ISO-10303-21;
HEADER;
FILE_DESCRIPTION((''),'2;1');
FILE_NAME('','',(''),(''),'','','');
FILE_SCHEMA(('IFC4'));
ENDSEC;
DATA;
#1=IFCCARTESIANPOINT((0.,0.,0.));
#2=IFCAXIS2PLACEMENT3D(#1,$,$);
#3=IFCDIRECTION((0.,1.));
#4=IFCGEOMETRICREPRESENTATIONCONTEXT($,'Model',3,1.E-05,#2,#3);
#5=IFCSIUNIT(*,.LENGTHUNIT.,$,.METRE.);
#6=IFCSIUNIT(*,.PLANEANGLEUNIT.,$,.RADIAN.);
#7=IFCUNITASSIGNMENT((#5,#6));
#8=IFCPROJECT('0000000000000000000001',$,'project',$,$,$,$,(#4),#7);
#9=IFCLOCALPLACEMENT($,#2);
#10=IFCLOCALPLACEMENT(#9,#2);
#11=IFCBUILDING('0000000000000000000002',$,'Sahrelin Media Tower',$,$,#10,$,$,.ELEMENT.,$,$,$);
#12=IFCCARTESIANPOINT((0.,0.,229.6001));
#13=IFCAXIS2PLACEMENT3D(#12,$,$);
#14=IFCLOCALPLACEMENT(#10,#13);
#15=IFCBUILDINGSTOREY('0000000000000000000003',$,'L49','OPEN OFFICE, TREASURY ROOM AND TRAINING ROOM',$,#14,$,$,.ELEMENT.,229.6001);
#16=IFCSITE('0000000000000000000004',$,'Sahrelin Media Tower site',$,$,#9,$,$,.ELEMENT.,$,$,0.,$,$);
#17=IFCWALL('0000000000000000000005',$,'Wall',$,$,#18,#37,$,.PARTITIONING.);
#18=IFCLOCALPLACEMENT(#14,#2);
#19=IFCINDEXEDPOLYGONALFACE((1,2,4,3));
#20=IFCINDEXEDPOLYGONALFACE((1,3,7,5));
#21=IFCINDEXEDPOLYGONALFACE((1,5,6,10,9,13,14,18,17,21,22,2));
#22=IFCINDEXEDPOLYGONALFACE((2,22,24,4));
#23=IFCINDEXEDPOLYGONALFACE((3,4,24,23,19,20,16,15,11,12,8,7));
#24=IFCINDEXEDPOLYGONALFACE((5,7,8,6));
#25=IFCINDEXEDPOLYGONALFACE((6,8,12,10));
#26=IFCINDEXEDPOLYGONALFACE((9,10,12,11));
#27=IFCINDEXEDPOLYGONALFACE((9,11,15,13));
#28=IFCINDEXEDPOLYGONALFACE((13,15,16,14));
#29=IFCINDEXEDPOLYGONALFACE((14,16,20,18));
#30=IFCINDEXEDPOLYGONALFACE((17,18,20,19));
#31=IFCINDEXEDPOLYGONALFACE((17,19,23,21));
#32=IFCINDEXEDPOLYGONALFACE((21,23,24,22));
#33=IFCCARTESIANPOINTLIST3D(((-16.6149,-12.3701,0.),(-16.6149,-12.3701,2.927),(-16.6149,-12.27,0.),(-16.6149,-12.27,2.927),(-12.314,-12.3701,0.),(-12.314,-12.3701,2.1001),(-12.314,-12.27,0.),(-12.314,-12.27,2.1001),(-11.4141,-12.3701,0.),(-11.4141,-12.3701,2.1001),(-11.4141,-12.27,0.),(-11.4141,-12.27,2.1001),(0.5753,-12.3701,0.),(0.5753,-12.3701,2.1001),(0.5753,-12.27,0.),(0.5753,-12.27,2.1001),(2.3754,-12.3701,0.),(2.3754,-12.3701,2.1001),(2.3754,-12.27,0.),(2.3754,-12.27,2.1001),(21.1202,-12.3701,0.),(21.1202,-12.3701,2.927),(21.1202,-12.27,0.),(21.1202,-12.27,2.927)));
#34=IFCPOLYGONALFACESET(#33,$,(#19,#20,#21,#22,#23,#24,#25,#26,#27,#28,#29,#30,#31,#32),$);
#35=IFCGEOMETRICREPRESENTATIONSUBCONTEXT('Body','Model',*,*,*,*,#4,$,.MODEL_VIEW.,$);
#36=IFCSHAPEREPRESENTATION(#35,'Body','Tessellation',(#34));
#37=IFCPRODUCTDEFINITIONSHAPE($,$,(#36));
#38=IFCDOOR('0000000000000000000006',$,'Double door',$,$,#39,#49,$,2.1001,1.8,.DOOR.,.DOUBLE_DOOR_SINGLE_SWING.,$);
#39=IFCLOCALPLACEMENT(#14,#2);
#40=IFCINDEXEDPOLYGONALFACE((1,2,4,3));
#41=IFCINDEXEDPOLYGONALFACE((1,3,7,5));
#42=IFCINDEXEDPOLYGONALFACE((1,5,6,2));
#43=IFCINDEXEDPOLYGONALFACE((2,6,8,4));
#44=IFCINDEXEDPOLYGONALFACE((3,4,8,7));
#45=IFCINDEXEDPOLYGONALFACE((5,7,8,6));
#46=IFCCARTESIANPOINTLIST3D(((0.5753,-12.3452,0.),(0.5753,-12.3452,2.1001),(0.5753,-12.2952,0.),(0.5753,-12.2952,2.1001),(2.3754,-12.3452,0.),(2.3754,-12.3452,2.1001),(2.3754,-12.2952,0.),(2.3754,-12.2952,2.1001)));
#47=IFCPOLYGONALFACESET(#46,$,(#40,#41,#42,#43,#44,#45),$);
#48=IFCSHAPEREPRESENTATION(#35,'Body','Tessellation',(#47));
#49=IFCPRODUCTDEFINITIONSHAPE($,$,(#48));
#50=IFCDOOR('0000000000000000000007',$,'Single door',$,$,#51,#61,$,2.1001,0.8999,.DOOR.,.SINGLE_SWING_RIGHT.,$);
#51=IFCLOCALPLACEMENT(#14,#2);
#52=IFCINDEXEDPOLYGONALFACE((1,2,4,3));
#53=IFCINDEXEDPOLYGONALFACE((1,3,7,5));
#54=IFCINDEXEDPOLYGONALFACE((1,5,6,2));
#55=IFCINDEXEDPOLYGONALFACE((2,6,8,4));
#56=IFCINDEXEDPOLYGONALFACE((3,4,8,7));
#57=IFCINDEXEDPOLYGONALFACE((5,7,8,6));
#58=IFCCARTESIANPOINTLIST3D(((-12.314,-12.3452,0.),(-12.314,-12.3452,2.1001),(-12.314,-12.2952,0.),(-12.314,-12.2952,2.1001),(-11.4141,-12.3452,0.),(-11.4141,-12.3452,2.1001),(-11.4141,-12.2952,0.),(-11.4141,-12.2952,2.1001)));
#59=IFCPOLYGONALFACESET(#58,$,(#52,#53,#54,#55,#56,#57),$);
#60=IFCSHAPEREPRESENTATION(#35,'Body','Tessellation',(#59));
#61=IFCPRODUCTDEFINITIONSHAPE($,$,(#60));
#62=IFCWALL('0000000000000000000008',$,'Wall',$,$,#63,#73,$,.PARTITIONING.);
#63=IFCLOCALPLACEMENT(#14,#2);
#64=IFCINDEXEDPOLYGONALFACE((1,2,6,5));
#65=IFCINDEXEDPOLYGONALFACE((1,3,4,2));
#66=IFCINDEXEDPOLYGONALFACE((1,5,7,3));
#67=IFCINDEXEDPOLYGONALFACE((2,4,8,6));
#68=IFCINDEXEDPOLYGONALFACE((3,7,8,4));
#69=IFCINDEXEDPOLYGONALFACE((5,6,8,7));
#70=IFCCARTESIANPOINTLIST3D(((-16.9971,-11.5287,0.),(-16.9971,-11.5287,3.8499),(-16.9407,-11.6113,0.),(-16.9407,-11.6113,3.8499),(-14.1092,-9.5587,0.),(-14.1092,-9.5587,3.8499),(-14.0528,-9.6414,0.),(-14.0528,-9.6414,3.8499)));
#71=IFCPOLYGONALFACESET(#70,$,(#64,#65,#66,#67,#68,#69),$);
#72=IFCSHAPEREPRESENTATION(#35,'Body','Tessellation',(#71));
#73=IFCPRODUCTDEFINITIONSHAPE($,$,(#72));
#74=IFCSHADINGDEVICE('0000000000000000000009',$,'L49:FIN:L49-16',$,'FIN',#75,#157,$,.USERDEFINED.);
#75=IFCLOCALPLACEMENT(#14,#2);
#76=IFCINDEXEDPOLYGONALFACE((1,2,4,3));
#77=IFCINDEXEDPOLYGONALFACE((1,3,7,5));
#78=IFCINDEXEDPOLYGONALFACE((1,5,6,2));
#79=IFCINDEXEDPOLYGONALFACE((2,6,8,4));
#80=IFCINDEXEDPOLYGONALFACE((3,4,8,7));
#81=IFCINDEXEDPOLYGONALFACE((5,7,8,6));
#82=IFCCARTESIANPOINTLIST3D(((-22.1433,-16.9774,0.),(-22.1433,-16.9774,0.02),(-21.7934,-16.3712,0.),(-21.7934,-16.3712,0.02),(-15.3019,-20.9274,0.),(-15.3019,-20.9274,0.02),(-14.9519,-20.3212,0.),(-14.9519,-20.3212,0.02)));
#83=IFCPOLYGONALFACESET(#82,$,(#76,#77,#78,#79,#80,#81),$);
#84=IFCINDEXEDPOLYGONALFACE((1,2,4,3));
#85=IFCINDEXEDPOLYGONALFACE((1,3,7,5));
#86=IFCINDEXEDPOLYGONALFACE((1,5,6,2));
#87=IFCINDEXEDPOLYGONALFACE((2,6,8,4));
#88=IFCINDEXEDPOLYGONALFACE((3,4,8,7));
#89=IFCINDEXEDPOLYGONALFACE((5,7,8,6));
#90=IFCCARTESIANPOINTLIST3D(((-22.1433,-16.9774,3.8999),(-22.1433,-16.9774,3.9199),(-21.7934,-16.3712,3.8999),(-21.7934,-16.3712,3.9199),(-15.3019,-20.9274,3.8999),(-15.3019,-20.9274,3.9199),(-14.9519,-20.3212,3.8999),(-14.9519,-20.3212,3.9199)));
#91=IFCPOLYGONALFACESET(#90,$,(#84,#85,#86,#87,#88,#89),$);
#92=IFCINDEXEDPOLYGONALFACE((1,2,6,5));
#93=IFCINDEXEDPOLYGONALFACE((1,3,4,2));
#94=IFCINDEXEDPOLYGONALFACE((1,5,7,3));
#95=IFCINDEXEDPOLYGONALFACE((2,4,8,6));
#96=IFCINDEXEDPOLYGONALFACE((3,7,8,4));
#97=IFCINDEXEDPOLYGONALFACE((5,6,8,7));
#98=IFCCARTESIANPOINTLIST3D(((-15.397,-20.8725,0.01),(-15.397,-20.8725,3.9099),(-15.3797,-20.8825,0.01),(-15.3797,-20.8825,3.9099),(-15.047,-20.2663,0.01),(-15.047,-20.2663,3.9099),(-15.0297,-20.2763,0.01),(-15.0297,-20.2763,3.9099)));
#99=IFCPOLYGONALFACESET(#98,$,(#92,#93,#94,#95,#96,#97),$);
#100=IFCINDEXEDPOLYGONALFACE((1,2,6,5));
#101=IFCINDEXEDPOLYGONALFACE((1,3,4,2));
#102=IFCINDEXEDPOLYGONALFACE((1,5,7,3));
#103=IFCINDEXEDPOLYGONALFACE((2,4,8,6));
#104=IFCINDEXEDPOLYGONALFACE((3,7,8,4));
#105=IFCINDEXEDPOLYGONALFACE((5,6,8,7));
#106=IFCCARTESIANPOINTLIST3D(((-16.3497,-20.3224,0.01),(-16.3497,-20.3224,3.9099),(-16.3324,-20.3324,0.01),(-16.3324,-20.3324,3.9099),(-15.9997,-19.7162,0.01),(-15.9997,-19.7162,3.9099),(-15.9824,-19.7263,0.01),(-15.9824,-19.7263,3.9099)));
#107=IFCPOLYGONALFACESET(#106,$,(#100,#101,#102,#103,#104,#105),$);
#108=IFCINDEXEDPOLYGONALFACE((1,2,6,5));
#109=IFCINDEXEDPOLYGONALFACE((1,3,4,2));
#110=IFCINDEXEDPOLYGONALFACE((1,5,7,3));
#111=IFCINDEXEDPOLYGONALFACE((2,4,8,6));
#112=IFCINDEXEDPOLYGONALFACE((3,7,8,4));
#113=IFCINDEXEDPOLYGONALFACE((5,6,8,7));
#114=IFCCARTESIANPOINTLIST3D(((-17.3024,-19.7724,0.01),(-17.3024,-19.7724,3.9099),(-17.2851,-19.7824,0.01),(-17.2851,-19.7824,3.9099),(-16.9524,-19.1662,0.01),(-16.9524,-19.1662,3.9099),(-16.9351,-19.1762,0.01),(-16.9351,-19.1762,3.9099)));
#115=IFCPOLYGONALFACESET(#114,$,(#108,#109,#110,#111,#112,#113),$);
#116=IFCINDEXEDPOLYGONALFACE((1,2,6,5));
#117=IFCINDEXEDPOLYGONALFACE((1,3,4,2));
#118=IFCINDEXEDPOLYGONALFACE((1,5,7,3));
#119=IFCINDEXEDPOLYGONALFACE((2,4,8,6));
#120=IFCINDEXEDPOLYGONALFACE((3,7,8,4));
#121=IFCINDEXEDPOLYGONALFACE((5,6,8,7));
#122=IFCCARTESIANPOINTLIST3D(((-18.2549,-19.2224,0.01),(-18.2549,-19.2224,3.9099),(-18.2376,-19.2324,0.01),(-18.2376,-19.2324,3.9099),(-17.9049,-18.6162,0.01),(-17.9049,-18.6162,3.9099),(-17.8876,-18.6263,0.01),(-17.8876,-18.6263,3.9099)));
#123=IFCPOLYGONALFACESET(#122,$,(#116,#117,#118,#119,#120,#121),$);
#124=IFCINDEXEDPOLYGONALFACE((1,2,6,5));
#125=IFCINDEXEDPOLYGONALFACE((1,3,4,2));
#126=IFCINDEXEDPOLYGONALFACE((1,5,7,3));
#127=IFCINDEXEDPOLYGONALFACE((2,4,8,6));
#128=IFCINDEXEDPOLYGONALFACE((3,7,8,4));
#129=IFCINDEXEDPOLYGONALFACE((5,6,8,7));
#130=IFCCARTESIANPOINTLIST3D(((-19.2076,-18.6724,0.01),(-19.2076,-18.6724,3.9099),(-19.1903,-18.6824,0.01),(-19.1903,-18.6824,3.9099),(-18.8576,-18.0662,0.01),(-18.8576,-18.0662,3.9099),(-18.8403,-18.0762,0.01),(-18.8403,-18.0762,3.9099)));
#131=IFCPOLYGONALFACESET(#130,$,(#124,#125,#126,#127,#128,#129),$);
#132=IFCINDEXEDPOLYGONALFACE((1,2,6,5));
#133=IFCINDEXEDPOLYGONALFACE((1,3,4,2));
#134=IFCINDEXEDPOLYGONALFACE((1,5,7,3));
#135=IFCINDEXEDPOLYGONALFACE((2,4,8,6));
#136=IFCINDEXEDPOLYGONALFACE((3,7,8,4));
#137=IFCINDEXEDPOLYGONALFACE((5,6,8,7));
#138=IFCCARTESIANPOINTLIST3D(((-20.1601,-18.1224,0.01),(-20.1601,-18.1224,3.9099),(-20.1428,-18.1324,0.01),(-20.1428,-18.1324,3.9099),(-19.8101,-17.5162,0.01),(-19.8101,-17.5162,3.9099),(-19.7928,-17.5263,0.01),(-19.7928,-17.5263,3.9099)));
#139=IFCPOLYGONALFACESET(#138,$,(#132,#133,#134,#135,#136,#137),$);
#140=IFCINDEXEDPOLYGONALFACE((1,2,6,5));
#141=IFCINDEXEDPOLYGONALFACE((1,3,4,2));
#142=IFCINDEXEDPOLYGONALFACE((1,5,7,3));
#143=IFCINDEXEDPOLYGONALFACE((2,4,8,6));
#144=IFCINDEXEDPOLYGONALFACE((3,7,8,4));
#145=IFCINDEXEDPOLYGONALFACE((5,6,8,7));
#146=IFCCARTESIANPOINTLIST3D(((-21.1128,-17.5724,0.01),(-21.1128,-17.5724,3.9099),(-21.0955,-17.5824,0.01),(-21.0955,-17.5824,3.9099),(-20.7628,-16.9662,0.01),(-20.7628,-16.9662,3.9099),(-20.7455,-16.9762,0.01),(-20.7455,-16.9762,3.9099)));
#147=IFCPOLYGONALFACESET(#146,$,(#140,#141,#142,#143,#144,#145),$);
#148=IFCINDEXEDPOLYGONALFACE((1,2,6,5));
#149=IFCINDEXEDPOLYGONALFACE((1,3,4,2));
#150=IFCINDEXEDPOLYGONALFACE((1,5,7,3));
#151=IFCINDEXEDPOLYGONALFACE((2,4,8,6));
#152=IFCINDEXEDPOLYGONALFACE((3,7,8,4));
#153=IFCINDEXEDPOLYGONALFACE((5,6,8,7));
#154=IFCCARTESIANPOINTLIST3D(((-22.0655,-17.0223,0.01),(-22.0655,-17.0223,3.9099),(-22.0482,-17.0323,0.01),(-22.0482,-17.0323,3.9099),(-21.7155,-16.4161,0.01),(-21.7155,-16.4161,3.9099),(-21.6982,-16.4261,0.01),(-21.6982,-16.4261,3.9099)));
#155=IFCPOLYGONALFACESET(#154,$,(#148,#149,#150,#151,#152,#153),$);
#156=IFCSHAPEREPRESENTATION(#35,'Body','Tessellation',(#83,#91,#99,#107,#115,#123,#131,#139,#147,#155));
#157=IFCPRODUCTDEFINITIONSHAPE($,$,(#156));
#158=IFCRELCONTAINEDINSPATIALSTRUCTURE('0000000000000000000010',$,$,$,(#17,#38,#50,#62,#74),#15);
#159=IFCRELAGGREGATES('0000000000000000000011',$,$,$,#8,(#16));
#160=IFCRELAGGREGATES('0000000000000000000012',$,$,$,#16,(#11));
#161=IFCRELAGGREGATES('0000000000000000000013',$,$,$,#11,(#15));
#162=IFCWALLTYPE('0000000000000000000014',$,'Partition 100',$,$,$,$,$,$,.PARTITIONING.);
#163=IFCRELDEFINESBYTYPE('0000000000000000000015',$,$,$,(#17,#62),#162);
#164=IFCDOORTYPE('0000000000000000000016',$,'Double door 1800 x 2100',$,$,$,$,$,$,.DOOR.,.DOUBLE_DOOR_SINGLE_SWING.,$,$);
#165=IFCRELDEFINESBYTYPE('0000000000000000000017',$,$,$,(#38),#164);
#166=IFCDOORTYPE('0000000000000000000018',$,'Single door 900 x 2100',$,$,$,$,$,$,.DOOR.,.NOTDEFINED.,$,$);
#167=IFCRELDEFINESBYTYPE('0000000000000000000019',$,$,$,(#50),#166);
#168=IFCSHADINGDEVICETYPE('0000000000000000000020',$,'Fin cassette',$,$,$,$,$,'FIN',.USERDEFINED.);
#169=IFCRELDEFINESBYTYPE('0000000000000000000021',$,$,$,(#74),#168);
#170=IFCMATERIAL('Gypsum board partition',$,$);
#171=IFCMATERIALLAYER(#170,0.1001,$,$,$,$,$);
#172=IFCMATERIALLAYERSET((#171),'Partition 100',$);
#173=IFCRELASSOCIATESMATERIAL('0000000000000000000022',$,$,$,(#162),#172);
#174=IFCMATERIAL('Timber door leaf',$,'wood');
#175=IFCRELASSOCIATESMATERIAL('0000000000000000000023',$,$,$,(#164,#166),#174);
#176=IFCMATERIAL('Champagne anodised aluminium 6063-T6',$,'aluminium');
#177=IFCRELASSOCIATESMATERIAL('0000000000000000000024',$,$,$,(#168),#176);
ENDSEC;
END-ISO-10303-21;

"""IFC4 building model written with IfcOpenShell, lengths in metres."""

from ifc_helpers import new_model, si_unit, direction, frame, frame_2d, origin, origin_2d, place, context, subcontext, project, spatial, rectangle, extrude, material, layer, layer_set, type_object, element, fill, save


model = new_model("IFC4")

# Units and contexts
model_context = context("Model", 3, precision=1e-05, world=origin(), true_north=direction((0.0, 1.0)))
body_context = subcontext(model_context, "Body", "Model", "MODEL_VIEW")
ifc_project = project(units=[si_unit("LENGTHUNIT", "METRE"), si_unit("PLANEANGLEUNIT", "RADIAN")], contexts=[model_context])

# Site, building, storey
site_placement = place(None, origin())
site = spatial("IfcSite", under=ifc_project, at=site_placement, Name="Sahrelin Media Tower site", CompositionType="ELEMENT", RefElevation=0.0)
building_placement = place(site_placement, origin())
building = spatial("IfcBuilding", under=site, at=building_placement, Name="Sahrelin Media Tower", CompositionType="ELEMENT")
storey_placement = place(building_placement, frame((0.0, 0.0, 229.6001)))
storey = spatial("IfcBuildingStorey", under=building, at=storey_placement, Name="L49", Description="OPEN OFFICE, TREASURY ROOM AND TRAINING ROOM", CompositionType="ELEMENT", Elevation=229.6001)

# Shared definitions
ifc_material_1 = material(Name="Champagne anodised aluminium 6063-T6", Category="aluminium")

# Wall, openings, doors
ifc_material_2 = material(Name="Gypsum board partition")
ifc_layer_1 = layer(ifc_material_2, 0.1001)
ifc_layer_set_1 = layer_set([ifc_layer_1], Name="Partition 100")
wall_type_1 = type_object("IfcWallType", Name="Partition 100", PredefinedType="PARTITIONING", material=ifc_layer_set_1)
wall_1_placement = place(storey_placement, frame((-16.615, -12.3201, 0.0), z_axis=(0.0, 0.0, 1.0), x_axis=(1.0, 0.0, 0.0)))
wall_1 = element("IfcWall", 1, at=wall_1_placement, inside=storey, type_object=wall_type_1, Name="Wall", PredefinedType="PARTITIONING", context=body_context, shape_type="SweptSolid", body=[
    extrude(rectangle(XDim=37.7351, YDim=0.1001, at=frame_2d((18.8677, 0.0))), origin(), (0.0, 0.0, 1.0), 2.927),
])
opening_1_placement = place(wall_1_placement, frame((17.1904, 0.0, 0.0)))
opening_1 = element("IfcOpeningElement", 2, at=opening_1_placement, cuts=wall_1, PredefinedType="OPENING", context=body_context, shape_type="SweptSolid", body=[
    extrude(rectangle(XDim=1.8, YDim=2.1001, at=frame_2d((0.8999, 1.05))), frame((0.0, 0.05, 0.0), z_axis=(0.0, -1.0, 0.0), x_axis=(1.0, 0.0, 0.0)), (0.0, 0.0, 1.0), 0.1001),
])
opening_2_placement = place(wall_1_placement, frame((4.301, 0.0, 0.0)))
opening_2 = element("IfcOpeningElement", 3, at=opening_2_placement, cuts=wall_1, PredefinedType="OPENING", context=body_context, shape_type="SweptSolid", body=[
    extrude(rectangle(XDim=0.8999, YDim=2.1001, at=frame_2d((0.45, 1.05))), frame((0.0, 0.05, 0.0), z_axis=(0.0, -1.0, 0.0), x_axis=(1.0, 0.0, 0.0)), (0.0, 0.0, 1.0), 0.1001),
])
ifc_material_3 = material(Name="Timber door leaf", Category="wood")
door_type_1 = type_object("IfcDoorType", Name="Double door 1800 x 2100", OperationType="DOUBLE_DOOR_SINGLE_SWING", PredefinedType="DOOR", material=ifc_material_3)
door_1_placement = place(opening_1_placement, origin())
door_1 = element("IfcDoor", 4, at=door_1_placement, inside=storey, type_object=door_type_1, Name="Double door", OperationType="DOUBLE_DOOR_SINGLE_SWING", OverallHeight=2.1001, OverallWidth=1.8, PredefinedType="DOOR", context=body_context, shape_type="SweptSolid", body=[
    extrude(rectangle(XDim=1.8, YDim=2.1001, at=frame_2d((0.8999, 1.05))), frame((0.0, 0.0249, 0.0), z_axis=(0.0, -1.0, 0.0), x_axis=(1.0, 0.0, 0.0)), (0.0, 0.0, 1.0), 0.05),
])
fill(opening_1, door_1)
door_type_2 = type_object("IfcDoorType", Name="Single door 900 x 2100", OperationType="NOTDEFINED", PredefinedType="DOOR", material=ifc_material_3)
door_2_placement = place(opening_2_placement, origin())
door_2 = element("IfcDoor", 5, at=door_2_placement, inside=storey, type_object=door_type_2, Name="Single door", OperationType="SINGLE_SWING_RIGHT", OverallHeight=2.1001, OverallWidth=0.8999, PredefinedType="DOOR", context=body_context, shape_type="SweptSolid", body=[
    extrude(rectangle(XDim=0.8999, YDim=2.1001, at=frame_2d((0.45, 1.05))), frame((0.0, 0.0249, 0.0), z_axis=(0.0, -1.0, 0.0), x_axis=(1.0, 0.0, 0.0)), (0.0, 0.0, 1.0), 0.05),
])
fill(opening_2, door_2)

# Wall
wall_2_placement = place(storey_placement, frame((-16.969, -11.5701, 0.0), z_axis=(0.0, 0.0, 1.0), x_axis=(0.826105, 0.563517, 0.0)))
element("IfcWall", 6, at=wall_2_placement, inside=storey, type_object=wall_type_1, Name="Wall", PredefinedType="PARTITIONING", context=body_context, shape_type="SweptSolid", body=[
    extrude(rectangle(XDim=3.4958, YDim=0.1001, at=frame_2d((1.748, 0.0))), origin(), (0.0, 0.0, 1.0), 3.8499),
])

# Shading device
shading_device_type_1 = type_object("IfcShadingDeviceType", Name="Fin cassette", ElementType="FIN", PredefinedType="USERDEFINED", material=ifc_material_1)
placement = place(storey_placement, frame((-18.3376, -18.2856, 0.0), z_axis=(0.0, 0.0, 1.0), x_axis=(-0.866019, 0.500011, 0.0)))
element("IfcShadingDevice", 7, at=placement, inside=storey, type_object=shading_device_type_1, Name="L49:FIN:L49-16", ObjectType="FIN", PredefinedType="USERDEFINED", context=body_context, shape_type="SweptSolid", body=[
    extrude(rectangle(XDim=7.8999, YDim=0.7, at=origin_2d()), frame((0.0, 0.4199, 0.0)), (0.0, 0.0, 1.0), 0.02),
    extrude(rectangle(XDim=7.8999, YDim=0.7, at=origin_2d()), frame((0.0, 0.4199, 3.8999)), (0.0, 0.0, 1.0), 0.02),
    extrude(rectangle(XDim=0.02, YDim=0.7, at=origin_2d()), frame((-3.8501, 0.4199, 0.01), z_axis=(0.0, 0.0, 1.0), x_axis=(1.0, 0.0, 0.0)), (0.0, 0.0, 1.0), 3.8999),
    extrude(rectangle(XDim=0.02, YDim=0.7, at=origin_2d()), frame((-2.75, 0.4199, 0.01), z_axis=(0.0, 0.0, 1.0), x_axis=(1.0, 0.0, 0.0)), (0.0, 0.0, 1.0), 3.8999),
    extrude(rectangle(XDim=0.02, YDim=0.7, at=origin_2d()), frame((-1.6499, 0.4199, 0.01), z_axis=(0.0, 0.0, 1.0), x_axis=(1.0, 0.0, 0.0)), (0.0, 0.0, 1.0), 3.8999),
    extrude(rectangle(XDim=0.02, YDim=0.7, at=origin_2d()), frame((-0.55, 0.4199, 0.01), z_axis=(0.0, 0.0, 1.0), x_axis=(1.0, 0.0, 0.0)), (0.0, 0.0, 1.0), 3.8999),
    extrude(rectangle(XDim=0.02, YDim=0.7, at=origin_2d()), frame((0.55, 0.4199, 0.01), z_axis=(0.0, 0.0, 1.0), x_axis=(1.0, 0.0, 0.0)), (0.0, 0.0, 1.0), 3.8999),
    extrude(rectangle(XDim=0.02, YDim=0.7, at=origin_2d()), frame((1.6499, 0.4199, 0.01), z_axis=(0.0, 0.0, 1.0), x_axis=(1.0, 0.0, 0.0)), (0.0, 0.0, 1.0), 3.8999),
    extrude(rectangle(XDim=0.02, YDim=0.7, at=origin_2d()), frame((2.75, 0.4199, 0.01), z_axis=(0.0, 0.0, 1.0), x_axis=(1.0, 0.0, 0.0)), (0.0, 0.0, 1.0), 3.8999),
    extrude(rectangle(XDim=0.02, YDim=0.7, at=origin_2d()), frame((3.8501, 0.4199, 0.01), z_axis=(0.0, 0.0, 1.0), x_axis=(1.0, 0.0, 0.0)), (0.0, 0.0, 1.0), 3.8999),
])

save(model, "model.ifc")
